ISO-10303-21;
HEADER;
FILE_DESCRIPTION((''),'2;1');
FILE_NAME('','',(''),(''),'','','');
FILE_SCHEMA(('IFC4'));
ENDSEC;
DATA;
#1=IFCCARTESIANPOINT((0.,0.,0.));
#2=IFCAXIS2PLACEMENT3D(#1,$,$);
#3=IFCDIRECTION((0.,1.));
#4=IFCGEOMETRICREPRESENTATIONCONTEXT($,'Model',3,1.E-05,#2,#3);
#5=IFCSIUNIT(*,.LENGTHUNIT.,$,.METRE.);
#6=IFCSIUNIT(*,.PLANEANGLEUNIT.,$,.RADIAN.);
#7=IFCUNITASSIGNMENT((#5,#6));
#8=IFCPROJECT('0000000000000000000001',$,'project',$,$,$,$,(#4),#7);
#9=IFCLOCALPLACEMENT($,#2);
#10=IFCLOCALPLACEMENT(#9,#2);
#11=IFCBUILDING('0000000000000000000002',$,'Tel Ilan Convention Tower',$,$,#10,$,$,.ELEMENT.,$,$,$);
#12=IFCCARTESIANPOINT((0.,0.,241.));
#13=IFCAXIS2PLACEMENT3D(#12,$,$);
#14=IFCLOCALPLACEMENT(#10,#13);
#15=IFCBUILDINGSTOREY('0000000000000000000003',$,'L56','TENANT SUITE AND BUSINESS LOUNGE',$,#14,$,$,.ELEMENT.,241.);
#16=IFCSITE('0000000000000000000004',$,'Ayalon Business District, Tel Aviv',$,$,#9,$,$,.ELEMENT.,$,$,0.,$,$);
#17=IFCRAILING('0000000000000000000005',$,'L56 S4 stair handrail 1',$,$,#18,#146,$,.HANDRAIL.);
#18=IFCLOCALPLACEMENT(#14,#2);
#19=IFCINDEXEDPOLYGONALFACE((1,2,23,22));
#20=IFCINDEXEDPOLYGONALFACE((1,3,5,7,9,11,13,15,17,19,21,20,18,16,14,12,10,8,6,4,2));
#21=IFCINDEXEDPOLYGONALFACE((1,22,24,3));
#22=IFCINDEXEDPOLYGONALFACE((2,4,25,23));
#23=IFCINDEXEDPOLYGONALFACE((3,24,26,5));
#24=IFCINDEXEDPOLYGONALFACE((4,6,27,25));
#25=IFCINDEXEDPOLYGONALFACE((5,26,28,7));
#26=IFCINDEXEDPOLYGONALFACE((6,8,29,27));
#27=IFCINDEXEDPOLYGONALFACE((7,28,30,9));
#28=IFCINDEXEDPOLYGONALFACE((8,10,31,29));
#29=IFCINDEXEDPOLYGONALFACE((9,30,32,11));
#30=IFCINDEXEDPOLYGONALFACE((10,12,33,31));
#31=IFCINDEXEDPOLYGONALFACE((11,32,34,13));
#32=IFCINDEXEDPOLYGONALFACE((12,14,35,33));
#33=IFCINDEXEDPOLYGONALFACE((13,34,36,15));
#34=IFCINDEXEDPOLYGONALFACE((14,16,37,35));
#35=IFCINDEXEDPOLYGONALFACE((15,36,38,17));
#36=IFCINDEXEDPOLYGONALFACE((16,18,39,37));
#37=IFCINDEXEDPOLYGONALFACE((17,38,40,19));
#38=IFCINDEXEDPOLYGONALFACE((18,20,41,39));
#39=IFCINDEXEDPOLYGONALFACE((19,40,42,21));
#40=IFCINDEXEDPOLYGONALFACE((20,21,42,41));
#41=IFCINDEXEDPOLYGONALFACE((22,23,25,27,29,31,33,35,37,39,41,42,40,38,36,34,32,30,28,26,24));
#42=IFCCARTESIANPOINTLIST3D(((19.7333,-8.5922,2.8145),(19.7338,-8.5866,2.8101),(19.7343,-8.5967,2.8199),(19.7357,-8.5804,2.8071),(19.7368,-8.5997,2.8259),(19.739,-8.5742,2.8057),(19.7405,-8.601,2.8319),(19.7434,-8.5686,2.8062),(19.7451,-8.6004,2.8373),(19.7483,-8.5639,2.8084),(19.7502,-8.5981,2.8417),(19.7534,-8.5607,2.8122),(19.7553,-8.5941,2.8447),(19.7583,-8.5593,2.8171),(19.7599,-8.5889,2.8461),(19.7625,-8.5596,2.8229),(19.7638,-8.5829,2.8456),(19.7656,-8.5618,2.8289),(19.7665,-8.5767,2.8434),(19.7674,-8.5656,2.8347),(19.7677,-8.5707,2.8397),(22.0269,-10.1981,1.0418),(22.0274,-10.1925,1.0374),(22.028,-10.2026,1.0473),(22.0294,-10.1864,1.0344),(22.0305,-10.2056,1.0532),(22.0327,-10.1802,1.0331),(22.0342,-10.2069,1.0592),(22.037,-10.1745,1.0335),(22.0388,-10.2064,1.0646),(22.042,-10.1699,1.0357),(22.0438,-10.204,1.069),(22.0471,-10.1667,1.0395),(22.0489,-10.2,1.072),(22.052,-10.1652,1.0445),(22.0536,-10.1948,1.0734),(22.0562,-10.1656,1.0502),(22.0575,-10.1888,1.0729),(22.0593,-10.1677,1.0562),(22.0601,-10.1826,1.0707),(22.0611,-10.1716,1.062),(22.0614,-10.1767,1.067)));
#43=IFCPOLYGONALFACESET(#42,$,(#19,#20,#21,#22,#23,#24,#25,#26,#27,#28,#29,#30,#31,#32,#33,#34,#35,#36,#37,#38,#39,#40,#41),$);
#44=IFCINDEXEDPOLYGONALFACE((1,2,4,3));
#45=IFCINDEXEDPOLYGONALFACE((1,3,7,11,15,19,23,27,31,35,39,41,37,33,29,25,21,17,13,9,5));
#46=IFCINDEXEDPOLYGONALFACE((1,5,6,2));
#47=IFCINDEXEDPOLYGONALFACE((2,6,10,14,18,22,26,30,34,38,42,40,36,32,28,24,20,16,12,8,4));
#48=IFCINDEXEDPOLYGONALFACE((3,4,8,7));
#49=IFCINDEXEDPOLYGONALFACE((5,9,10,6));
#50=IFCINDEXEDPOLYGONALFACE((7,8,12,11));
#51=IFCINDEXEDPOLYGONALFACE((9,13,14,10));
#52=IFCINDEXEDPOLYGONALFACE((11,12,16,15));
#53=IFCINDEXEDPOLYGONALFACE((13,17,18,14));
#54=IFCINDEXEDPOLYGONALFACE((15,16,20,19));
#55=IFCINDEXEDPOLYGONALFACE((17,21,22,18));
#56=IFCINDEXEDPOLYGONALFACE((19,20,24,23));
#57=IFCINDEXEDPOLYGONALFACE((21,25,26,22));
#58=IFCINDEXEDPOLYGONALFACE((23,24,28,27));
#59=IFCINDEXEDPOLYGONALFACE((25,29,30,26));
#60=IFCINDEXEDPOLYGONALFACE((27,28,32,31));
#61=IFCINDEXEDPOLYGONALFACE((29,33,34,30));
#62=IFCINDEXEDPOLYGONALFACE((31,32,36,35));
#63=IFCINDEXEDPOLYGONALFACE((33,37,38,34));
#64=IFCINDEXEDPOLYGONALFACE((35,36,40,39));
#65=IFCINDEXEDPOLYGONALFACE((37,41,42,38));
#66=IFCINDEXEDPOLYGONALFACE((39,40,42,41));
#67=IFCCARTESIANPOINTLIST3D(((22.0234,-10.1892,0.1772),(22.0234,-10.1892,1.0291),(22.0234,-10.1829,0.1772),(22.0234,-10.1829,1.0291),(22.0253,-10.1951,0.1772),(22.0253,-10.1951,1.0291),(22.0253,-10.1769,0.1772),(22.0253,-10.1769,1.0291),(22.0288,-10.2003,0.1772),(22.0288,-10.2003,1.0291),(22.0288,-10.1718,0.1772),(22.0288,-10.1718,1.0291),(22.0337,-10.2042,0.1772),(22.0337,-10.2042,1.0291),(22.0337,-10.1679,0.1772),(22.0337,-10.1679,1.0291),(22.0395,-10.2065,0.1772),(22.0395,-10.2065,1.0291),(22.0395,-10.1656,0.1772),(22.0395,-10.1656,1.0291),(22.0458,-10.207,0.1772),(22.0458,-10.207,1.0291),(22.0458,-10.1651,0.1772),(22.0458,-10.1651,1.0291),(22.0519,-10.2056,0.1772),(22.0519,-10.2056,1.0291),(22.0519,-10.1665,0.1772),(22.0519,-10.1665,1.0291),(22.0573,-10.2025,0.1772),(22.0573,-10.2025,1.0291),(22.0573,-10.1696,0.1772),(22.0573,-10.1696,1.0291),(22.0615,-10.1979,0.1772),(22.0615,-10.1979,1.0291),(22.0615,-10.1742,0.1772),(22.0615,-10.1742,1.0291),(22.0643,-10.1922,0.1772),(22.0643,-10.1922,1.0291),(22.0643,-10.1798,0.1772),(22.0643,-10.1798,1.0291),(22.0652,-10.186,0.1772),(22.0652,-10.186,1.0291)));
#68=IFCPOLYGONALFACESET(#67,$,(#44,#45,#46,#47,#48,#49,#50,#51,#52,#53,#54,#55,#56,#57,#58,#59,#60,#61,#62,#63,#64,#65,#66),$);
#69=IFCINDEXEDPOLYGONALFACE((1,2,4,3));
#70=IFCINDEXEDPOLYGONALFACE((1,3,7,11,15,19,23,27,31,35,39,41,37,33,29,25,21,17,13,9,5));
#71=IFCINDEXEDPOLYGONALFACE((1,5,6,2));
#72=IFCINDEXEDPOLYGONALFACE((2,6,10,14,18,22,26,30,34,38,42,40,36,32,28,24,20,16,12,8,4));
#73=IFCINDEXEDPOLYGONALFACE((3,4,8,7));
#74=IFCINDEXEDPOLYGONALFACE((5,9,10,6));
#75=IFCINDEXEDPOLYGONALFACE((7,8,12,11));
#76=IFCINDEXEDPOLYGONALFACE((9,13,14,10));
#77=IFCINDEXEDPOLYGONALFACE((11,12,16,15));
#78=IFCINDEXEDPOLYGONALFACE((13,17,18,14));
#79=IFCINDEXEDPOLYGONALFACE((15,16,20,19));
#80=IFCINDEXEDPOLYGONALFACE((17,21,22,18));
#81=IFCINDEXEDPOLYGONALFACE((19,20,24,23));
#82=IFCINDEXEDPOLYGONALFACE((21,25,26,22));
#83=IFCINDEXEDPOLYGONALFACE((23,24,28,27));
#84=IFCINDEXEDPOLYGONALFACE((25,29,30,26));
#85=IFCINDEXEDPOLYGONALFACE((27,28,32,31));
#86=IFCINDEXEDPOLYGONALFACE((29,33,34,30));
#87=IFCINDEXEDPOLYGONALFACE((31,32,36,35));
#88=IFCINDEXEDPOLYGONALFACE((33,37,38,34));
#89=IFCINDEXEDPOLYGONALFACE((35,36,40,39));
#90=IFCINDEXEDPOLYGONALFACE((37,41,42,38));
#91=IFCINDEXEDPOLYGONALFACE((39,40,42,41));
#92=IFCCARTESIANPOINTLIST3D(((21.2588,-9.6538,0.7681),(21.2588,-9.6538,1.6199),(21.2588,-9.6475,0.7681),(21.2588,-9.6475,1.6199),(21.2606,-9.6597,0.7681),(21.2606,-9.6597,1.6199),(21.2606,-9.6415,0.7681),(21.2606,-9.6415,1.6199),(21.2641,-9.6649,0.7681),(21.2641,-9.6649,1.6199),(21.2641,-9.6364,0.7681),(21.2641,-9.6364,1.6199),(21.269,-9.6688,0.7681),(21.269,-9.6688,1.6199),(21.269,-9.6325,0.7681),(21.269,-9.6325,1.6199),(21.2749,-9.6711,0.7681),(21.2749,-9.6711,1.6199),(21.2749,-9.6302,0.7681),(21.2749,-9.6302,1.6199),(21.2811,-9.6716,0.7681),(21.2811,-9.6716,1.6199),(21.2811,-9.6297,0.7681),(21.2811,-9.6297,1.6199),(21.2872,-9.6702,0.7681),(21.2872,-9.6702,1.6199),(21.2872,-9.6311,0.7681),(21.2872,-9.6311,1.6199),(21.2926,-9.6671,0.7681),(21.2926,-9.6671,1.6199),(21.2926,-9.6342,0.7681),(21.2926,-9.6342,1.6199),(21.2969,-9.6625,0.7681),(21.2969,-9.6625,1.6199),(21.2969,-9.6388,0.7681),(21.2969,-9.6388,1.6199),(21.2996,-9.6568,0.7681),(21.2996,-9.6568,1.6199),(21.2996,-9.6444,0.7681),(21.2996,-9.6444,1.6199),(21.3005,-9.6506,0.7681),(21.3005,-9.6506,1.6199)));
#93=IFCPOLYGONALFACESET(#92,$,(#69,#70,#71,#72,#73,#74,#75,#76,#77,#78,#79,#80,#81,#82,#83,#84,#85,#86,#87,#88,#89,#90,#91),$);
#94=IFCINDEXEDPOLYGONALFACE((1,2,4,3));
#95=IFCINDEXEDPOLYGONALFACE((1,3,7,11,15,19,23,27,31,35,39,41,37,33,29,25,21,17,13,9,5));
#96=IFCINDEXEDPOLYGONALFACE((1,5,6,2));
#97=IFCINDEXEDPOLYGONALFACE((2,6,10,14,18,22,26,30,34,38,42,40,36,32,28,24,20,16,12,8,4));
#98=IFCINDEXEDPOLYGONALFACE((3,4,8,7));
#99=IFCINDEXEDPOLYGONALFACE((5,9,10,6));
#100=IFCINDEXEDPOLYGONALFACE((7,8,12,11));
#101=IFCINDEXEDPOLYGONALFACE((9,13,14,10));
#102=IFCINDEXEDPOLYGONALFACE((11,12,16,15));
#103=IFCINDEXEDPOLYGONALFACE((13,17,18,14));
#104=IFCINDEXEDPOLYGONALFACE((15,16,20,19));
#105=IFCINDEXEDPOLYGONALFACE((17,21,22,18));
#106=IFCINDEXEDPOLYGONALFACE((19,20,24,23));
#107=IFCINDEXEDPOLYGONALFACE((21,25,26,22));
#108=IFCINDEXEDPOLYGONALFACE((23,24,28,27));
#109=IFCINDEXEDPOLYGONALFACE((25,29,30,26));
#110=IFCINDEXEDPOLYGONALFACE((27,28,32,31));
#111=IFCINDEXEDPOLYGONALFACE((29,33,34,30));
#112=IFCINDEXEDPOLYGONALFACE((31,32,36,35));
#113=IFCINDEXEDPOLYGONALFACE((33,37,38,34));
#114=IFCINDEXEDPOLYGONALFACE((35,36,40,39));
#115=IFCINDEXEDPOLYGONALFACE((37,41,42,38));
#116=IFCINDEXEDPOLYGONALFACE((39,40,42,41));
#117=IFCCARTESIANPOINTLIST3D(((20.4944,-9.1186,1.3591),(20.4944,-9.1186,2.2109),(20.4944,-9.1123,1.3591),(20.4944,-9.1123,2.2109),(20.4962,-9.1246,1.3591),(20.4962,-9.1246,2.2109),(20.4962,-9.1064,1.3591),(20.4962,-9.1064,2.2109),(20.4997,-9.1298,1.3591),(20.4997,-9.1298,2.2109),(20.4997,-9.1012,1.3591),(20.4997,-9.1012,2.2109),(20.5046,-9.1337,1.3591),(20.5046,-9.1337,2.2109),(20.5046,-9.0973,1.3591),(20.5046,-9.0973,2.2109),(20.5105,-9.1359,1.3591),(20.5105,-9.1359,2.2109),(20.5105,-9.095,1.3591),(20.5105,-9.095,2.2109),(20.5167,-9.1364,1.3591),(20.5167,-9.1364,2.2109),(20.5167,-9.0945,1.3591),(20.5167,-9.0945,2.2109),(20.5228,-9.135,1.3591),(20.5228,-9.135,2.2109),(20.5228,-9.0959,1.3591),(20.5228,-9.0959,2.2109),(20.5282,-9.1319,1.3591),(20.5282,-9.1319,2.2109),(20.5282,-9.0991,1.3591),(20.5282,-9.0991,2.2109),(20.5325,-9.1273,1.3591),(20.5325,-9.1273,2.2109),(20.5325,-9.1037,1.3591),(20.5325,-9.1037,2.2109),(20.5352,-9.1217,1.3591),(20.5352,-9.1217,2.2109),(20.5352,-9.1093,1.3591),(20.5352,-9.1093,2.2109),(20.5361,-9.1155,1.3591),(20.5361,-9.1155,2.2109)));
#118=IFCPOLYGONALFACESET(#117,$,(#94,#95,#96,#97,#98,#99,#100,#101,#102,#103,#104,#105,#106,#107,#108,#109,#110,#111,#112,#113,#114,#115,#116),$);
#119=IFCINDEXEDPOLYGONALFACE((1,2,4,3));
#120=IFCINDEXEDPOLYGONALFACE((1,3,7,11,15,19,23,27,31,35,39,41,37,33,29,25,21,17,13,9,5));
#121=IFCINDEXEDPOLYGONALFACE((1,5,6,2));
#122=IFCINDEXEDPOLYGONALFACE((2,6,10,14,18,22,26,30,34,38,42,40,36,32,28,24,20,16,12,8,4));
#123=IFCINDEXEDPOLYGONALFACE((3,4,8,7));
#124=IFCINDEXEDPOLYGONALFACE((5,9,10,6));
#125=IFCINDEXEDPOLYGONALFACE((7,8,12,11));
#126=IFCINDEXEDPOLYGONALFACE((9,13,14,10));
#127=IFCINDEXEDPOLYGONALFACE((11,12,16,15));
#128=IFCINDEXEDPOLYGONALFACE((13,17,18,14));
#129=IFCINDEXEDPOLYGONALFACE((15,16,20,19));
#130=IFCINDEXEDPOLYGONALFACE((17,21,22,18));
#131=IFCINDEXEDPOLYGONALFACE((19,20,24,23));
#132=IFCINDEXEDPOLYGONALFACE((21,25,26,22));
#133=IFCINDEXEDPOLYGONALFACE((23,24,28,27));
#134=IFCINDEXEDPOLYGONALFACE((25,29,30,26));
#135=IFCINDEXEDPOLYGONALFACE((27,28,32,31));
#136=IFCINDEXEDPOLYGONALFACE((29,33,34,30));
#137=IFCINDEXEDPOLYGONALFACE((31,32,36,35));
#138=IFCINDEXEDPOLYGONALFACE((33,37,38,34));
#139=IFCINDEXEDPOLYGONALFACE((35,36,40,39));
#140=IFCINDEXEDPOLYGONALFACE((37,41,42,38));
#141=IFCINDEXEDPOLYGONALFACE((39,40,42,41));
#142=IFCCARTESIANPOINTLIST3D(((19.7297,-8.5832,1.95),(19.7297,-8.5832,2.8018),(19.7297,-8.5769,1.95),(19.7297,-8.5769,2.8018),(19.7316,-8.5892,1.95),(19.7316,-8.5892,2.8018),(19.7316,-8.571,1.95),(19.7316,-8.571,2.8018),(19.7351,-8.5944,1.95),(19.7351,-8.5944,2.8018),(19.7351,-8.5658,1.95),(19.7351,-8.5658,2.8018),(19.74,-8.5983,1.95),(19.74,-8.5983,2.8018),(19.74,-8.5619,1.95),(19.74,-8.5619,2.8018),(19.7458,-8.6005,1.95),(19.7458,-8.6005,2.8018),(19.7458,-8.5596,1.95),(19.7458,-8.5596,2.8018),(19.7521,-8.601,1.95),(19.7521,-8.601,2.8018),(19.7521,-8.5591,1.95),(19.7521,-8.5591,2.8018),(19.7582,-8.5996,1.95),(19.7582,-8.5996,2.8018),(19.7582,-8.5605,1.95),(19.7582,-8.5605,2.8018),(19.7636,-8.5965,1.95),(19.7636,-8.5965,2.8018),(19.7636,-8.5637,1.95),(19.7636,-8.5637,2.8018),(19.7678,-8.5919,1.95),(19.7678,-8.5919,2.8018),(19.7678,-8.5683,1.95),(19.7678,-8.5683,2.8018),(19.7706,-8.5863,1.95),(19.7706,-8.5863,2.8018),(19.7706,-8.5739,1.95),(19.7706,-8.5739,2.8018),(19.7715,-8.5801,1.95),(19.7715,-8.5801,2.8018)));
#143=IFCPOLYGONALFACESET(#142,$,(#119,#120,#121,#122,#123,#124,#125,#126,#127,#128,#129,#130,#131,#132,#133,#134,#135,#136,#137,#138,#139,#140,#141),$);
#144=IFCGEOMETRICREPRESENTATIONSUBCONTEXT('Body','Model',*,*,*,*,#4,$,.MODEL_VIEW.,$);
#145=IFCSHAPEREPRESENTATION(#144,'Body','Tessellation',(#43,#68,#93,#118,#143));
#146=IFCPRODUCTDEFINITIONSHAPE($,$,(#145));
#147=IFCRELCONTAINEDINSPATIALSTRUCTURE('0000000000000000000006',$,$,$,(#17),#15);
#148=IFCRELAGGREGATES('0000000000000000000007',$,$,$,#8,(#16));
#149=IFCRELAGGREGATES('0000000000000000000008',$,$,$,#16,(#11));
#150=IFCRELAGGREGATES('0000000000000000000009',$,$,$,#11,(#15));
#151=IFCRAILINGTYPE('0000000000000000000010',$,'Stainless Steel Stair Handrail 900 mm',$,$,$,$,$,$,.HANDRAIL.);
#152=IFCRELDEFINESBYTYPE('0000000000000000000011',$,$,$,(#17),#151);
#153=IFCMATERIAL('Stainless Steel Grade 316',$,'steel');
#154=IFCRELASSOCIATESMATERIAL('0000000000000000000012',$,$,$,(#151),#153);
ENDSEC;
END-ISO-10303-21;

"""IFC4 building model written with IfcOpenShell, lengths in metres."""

from ifc_helpers import new_model, si_unit, direction, frame, origin, origin_2d, place, context, subcontext, project, spatial, circle, extrude, material, type_object, element, save


model = new_model("IFC4")

# Units and contexts
model_context = context("Model", 3, precision=1e-05, world=origin(), true_north=direction((0.0, 1.0)))
body_context = subcontext(model_context, "Body", "Model", "MODEL_VIEW")
ifc_project = project(units=[si_unit("LENGTHUNIT", "METRE"), si_unit("PLANEANGLEUNIT", "RADIAN")], contexts=[model_context])

# Site, building, storey
site_placement = place(None, origin())
site = spatial("IfcSite", under=ifc_project, at=site_placement, Name="Ayalon Business District, Tel Aviv", CompositionType="ELEMENT", RefElevation=0.0)
building_placement = place(site_placement, origin())
building = spatial("IfcBuilding", under=site, at=building_placement, Name="Tel Ilan Convention Tower", CompositionType="ELEMENT")
storey_placement = place(building_placement, frame((0.0, 0.0, 241.0)))
storey = spatial("IfcBuildingStorey", under=building, at=storey_placement, Name="L56", Description="TENANT SUITE AND BUSINESS LOUNGE", CompositionType="ELEMENT", Elevation=241.0)

# Railing
ifc_material_1 = material(Name="Stainless Steel Grade 316", Category="steel")
railing_type_1 = type_object("IfcRailingType", Name="Stainless Steel Stair Handrail 900 mm", PredefinedType="HANDRAIL", material=ifc_material_1)
railing_1_placement = place(storey_placement, frame((22.0442, -10.186, 0.1772)))
element("IfcRailing", 1, at=railing_1_placement, inside=storey, type_object=railing_type_1, Name="L56 S4 stair handrail 1", PredefinedType="HANDRAIL", context=body_context, shape_type="SweptSolid", body=[
    extrude(circle(Radius=0.0239, at=origin_2d()), frame((0.0, 0.0, 0.876), z_axis=(-0.692123, 0.484597, 0.534913), x_axis=(-0.57355, -0.81917, 0.0)), (0.0, 0.0, 1.0), 3.314),
    extrude(circle(Radius=0.021, at=origin_2d()), origin(), (0.0, 0.0, 1.0), 0.8518),
    extrude(circle(Radius=0.021, at=origin_2d()), frame((-0.7646, 0.5354, 0.5908)), (0.0, 0.0, 1.0), 0.8518),
    extrude(circle(Radius=0.021, at=origin_2d()), frame((-1.5291, 1.0706, 1.1819)), (0.0, 0.0, 1.0), 0.8518),
    extrude(circle(Radius=0.021, at=origin_2d()), frame((-2.2937, 1.606, 1.7727)), (0.0, 0.0, 1.0), 0.8518),
])

save(model, "model.ifc")
